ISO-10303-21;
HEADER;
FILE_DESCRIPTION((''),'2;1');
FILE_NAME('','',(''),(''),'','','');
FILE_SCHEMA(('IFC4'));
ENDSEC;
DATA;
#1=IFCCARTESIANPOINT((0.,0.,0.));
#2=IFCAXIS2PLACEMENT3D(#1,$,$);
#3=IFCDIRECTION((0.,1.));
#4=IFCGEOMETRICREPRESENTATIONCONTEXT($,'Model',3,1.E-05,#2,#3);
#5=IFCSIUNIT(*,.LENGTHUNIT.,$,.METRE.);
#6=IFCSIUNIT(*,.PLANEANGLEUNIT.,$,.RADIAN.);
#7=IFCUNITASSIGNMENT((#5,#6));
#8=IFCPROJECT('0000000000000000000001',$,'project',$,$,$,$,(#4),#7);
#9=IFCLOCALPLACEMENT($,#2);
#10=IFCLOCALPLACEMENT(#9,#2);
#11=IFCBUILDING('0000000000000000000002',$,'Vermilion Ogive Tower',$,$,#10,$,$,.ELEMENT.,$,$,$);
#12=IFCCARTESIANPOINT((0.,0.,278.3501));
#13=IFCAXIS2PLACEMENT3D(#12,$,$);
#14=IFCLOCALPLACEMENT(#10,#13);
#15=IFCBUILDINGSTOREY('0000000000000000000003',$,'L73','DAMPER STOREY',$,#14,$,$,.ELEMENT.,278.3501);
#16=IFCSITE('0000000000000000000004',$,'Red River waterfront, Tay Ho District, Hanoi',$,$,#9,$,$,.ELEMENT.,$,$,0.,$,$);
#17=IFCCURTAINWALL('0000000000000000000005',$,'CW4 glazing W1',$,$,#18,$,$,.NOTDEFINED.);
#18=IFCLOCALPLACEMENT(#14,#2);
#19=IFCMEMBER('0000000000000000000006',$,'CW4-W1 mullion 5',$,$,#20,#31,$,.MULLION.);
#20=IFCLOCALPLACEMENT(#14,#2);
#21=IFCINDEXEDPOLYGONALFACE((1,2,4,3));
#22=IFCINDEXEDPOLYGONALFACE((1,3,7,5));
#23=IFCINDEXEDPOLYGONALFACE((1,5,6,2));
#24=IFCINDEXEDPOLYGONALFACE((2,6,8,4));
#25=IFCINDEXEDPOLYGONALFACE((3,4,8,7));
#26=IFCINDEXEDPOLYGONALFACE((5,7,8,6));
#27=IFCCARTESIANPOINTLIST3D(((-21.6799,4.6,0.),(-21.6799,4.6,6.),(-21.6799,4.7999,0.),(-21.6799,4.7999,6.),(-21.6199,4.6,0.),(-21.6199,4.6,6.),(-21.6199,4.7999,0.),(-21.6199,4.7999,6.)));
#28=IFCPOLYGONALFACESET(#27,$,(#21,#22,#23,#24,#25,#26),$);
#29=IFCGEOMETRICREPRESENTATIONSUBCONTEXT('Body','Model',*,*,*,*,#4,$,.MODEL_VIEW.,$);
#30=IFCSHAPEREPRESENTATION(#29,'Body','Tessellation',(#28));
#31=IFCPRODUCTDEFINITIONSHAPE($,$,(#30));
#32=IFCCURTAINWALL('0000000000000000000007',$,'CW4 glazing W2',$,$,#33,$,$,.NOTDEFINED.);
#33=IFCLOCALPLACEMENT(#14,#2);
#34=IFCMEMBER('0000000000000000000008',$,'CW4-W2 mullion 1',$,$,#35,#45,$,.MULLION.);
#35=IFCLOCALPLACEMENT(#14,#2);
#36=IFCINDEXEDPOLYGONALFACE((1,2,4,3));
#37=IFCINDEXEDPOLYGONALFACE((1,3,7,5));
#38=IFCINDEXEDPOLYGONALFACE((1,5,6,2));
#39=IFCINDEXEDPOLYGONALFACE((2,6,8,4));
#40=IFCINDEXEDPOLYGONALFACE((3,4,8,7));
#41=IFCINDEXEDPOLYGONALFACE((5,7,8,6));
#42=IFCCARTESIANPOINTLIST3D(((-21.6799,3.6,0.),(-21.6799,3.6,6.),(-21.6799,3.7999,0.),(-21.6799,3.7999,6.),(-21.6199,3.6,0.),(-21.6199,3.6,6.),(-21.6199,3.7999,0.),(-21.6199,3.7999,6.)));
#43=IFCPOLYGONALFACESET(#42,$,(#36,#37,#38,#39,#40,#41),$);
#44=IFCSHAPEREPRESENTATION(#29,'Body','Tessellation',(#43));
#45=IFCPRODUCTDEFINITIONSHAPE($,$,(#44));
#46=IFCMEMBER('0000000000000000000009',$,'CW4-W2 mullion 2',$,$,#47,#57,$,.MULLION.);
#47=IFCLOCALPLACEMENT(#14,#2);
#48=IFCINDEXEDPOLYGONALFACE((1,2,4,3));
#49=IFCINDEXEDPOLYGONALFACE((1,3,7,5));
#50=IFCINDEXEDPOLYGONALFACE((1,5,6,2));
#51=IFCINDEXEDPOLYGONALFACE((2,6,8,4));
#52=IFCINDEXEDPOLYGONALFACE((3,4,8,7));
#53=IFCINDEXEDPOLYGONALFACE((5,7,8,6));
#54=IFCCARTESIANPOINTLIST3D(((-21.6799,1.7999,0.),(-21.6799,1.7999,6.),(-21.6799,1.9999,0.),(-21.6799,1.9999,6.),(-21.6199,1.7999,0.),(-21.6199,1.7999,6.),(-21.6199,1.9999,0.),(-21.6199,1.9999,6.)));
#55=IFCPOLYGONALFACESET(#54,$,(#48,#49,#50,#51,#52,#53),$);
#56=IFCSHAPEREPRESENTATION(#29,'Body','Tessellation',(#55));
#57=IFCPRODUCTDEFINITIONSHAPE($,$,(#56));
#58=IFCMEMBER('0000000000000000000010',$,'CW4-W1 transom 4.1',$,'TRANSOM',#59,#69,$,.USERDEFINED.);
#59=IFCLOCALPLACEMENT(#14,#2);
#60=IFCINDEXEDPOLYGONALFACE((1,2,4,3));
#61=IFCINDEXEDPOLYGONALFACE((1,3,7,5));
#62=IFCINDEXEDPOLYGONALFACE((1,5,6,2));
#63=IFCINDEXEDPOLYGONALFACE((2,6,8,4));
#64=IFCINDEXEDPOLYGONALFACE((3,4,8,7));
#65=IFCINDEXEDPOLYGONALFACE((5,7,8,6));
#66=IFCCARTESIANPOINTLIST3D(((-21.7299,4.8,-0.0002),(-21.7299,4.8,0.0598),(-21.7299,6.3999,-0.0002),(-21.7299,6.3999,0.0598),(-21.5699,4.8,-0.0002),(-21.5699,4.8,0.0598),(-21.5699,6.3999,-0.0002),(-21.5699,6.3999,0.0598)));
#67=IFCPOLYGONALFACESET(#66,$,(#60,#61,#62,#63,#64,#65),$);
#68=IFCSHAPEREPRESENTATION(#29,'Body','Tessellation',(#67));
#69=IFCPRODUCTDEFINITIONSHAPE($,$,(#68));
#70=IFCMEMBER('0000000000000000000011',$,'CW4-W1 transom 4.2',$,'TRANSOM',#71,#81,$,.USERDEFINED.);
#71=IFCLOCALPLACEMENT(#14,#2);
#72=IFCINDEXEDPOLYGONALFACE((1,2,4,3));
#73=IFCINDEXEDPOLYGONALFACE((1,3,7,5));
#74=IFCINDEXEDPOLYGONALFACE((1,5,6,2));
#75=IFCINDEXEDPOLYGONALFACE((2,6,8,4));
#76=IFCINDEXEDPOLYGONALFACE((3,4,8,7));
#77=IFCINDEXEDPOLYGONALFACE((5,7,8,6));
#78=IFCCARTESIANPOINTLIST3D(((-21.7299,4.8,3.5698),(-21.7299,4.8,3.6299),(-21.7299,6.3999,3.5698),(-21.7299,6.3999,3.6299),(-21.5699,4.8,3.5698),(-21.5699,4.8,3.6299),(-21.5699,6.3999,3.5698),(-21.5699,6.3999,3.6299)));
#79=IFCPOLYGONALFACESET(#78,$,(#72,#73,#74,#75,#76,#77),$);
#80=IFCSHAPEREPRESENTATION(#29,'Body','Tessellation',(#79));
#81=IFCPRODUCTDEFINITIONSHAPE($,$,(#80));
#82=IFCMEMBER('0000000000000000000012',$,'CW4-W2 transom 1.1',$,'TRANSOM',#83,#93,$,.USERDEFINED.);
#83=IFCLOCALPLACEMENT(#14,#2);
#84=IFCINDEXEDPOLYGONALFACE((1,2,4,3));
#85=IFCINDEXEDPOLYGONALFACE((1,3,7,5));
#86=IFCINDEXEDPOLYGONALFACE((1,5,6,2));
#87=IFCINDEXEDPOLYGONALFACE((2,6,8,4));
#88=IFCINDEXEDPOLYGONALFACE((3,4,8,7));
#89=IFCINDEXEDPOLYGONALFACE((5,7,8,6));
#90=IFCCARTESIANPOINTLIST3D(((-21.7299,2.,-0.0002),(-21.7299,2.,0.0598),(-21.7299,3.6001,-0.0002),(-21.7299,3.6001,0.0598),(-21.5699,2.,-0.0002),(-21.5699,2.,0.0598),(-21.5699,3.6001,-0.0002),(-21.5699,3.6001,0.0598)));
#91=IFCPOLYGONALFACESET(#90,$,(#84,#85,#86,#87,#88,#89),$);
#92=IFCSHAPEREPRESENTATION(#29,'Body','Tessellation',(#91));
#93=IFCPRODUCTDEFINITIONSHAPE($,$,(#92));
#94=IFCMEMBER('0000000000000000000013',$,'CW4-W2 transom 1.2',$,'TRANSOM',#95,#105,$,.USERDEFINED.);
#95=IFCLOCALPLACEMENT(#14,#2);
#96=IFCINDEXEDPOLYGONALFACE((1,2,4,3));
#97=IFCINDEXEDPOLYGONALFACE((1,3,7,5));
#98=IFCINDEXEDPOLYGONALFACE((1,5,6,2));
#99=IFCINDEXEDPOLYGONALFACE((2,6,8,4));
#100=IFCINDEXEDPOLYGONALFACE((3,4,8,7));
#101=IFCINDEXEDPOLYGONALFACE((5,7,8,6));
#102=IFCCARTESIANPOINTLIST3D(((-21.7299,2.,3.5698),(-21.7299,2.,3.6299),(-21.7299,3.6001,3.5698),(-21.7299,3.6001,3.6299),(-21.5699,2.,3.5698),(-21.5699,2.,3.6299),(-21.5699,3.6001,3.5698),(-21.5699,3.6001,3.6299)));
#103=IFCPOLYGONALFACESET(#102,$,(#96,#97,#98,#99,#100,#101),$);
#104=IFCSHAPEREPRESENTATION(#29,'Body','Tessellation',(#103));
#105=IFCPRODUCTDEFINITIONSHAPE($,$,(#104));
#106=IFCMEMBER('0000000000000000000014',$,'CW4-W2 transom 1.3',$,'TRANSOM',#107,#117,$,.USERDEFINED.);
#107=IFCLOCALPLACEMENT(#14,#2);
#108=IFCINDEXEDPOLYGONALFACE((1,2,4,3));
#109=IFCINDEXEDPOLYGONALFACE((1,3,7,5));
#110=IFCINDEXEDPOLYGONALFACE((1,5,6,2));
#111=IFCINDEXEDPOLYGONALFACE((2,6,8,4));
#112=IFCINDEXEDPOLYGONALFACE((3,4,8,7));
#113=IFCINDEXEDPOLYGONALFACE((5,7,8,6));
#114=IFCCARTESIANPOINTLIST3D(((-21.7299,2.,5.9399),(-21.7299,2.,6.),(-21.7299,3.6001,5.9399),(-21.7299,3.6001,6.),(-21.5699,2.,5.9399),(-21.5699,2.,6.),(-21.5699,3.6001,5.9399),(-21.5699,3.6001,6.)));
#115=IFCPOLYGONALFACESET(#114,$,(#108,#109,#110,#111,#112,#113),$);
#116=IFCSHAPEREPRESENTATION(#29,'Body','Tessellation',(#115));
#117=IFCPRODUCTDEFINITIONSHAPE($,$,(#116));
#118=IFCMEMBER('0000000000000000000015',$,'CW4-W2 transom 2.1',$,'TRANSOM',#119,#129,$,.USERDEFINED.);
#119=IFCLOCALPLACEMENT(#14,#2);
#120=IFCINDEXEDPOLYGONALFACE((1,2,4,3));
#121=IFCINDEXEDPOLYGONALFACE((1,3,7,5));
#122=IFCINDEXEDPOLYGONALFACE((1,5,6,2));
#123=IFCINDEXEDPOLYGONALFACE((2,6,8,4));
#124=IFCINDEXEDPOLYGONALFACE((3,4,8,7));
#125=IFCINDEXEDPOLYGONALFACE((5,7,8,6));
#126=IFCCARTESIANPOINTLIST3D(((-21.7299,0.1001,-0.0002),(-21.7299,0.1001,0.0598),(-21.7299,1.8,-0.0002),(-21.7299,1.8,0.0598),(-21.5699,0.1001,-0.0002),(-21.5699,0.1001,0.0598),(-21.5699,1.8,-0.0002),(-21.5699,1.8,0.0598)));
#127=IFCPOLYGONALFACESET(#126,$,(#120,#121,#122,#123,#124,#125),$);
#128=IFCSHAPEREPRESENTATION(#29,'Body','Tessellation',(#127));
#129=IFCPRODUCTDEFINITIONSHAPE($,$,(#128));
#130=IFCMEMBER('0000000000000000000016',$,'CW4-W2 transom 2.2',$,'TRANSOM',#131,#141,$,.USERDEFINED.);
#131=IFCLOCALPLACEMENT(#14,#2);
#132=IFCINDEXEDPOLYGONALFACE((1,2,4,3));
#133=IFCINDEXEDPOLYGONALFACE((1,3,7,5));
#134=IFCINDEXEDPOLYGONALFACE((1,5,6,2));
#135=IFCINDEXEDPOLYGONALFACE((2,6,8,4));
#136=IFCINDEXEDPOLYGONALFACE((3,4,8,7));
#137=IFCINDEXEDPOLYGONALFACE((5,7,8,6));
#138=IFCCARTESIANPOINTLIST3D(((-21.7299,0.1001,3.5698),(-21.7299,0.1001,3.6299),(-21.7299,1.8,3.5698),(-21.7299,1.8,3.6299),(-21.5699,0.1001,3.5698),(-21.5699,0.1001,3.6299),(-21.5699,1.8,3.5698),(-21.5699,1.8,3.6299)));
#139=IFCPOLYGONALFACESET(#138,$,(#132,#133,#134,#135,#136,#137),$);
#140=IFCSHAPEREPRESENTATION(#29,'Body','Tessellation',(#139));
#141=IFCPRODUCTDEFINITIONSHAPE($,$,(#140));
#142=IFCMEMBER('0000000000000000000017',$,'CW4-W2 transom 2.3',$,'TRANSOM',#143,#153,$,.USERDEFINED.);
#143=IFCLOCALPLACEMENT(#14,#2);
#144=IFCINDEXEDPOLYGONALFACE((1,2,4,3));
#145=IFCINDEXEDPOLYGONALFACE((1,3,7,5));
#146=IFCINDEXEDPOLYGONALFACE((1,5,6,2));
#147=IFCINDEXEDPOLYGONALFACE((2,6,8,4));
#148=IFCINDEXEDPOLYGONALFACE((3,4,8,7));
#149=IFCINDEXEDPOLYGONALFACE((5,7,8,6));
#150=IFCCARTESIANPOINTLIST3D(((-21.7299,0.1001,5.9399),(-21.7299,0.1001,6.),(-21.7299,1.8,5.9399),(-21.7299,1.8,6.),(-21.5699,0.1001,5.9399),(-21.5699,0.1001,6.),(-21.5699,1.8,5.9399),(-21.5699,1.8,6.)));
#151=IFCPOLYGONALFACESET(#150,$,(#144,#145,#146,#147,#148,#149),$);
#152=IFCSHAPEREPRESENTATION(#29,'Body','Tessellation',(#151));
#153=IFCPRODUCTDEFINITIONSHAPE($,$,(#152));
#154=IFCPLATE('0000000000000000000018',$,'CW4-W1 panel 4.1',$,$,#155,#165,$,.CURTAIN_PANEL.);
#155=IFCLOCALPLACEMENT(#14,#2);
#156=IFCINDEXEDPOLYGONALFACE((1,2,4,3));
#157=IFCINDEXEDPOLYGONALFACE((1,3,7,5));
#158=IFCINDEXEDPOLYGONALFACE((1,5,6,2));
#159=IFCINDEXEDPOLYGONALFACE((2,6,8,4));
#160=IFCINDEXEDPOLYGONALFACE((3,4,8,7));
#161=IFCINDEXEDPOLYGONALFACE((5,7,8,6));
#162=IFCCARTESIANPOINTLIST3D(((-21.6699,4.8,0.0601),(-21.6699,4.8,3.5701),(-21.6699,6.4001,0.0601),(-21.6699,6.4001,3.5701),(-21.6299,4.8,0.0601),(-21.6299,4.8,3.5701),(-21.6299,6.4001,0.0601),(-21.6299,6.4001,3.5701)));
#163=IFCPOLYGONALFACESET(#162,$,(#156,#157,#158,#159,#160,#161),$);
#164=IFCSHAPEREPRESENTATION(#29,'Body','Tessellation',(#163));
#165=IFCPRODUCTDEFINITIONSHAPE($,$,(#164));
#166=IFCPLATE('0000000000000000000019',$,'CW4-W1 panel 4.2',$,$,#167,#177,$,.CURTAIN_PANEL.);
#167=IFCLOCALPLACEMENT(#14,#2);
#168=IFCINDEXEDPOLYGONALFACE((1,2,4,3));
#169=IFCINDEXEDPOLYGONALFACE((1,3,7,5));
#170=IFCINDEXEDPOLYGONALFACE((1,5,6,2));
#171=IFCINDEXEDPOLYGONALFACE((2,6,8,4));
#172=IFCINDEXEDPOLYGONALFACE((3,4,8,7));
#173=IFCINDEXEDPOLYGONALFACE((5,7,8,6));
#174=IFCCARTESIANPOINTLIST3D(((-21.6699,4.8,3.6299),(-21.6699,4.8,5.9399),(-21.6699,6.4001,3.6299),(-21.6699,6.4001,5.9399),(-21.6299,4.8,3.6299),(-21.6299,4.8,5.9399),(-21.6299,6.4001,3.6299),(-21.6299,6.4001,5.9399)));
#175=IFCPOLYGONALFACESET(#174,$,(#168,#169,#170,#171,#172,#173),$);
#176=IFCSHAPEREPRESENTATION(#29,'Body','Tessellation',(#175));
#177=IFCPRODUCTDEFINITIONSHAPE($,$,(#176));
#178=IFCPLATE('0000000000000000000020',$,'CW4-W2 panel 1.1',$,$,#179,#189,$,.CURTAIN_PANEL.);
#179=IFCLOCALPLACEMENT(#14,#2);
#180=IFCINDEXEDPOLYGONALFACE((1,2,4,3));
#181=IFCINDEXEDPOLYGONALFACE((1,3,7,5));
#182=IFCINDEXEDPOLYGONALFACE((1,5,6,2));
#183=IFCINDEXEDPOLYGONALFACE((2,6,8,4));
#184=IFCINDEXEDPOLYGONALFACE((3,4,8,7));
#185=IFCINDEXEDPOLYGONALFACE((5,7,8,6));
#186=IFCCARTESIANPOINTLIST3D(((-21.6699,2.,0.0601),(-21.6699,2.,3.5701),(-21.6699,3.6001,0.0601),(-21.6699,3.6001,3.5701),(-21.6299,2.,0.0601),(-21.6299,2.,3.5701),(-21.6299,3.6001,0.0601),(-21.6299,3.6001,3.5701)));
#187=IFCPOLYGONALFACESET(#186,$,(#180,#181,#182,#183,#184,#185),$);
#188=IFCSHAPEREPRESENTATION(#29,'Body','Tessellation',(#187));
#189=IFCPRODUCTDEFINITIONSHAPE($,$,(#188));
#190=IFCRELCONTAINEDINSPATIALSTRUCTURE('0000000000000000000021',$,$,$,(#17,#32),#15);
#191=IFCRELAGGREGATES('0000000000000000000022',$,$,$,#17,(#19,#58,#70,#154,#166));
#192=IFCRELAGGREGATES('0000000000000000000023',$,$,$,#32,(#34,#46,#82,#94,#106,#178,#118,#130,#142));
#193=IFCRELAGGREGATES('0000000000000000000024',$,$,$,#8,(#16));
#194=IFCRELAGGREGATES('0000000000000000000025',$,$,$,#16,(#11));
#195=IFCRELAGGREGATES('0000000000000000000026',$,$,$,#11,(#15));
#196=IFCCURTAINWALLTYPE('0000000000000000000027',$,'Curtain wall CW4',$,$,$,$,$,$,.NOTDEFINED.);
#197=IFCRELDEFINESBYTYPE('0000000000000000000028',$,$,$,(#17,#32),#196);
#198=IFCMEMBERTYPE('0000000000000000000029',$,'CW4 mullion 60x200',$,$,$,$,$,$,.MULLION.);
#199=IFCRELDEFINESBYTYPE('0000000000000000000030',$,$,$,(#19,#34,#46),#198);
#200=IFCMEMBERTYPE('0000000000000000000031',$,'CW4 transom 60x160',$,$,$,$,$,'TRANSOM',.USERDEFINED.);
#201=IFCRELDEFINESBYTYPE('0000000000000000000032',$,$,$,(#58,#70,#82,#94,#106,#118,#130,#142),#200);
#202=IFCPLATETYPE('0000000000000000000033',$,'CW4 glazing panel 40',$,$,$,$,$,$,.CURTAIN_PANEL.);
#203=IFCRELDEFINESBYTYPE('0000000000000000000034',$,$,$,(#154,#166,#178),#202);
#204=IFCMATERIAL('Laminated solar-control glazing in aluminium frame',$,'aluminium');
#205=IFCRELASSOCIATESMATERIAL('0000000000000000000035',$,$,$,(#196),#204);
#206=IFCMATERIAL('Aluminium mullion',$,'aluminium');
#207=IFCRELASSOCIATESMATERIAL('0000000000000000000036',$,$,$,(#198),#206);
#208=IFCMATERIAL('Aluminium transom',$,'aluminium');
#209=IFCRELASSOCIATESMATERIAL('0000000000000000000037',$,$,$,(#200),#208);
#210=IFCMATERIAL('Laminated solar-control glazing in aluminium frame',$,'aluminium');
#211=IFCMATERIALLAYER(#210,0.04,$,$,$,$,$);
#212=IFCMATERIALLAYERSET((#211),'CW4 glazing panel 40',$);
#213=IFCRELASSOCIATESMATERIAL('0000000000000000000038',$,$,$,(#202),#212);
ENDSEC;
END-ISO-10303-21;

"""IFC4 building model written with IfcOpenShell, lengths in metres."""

from ifc_helpers import new_model, si_unit, direction, frame, origin, origin_2d, place, context, subcontext, project, spatial, rectangle, extrude, material, layer, layer_set, material_profile, profile_set, type_object, element, aggregate, save


model = new_model("IFC4")

# Units and contexts
model_context = context("Model", 3, precision=1e-05, world=origin(), true_north=direction((0.0, 1.0)))
body_context = subcontext(model_context, "Body", "Model", "MODEL_VIEW")
ifc_project = project(units=[si_unit("LENGTHUNIT", "METRE"), si_unit("PLANEANGLEUNIT", "RADIAN")], contexts=[model_context])

# Site, building, storey
site_placement = place(None, origin())
site = spatial("IfcSite", under=ifc_project, at=site_placement, Name="Red River waterfront, Tay Ho District, Hanoi", CompositionType="ELEMENT", RefElevation=0.0)
building_placement = place(site_placement, origin())
building = spatial("IfcBuilding", under=site, at=building_placement, Name="Vermilion Ogive Tower", CompositionType="ELEMENT")
storey_placement = place(building_placement, frame((0.0, 0.0, 278.3501)))
storey = spatial("IfcBuildingStorey", under=building, at=storey_placement, Name="L73", Description="DAMPER STOREY", CompositionType="ELEMENT", Elevation=278.3501)

# Curtain wall, member
ifc_material_1 = material(Name="Laminated solar-control glazing in aluminium frame", Category="aluminium")
curtain_wall_type = type_object("IfcCurtainWallType", Name="Curtain wall CW4", PredefinedType="NOTDEFINED", material=ifc_material_1)
curtain_wall_1_placement = place(storey_placement, origin())
curtain_wall_1 = element("IfcCurtainWall", 1, at=curtain_wall_1_placement, inside=storey, type_object=curtain_wall_type, Name="CW4 glazing W1", PredefinedType="NOTDEFINED")
ifc_material_2 = material(Name="Aluminium mullion", Category="aluminium")
ifc_material_profile_1 = material_profile(ifc_material_2, rectangle(XDim=0.0601, YDim=0.2, at=origin_2d()), Name="AL 60x200")
ifc_profile_set_1 = profile_set([ifc_material_profile_1], Name="Aluminium mullion")
member_type_1 = type_object("IfcMemberType", Name="CW4 mullion 60x200", PredefinedType="MULLION", material=ifc_profile_set_1)
member_1_placement = place(storey_placement, frame((-21.6499, 4.7, 0.0), z_axis=(0.0, 0.0, 1.0), x_axis=(1.0, 0.0, 0.0)))
member_1 = element("IfcMember", 2, at=member_1_placement, type_object=member_type_1, Name="CW4-W1 mullion 5", PredefinedType="MULLION", context=body_context, shape_type="SweptSolid", body=[
    extrude(rectangle(XDim=0.0601, YDim=0.2, at=origin_2d()), origin(), (0.0, 0.0, 1.0), 6.0),
])

# Curtain wall, members
curtain_wall_2_placement = place(storey_placement, origin())
curtain_wall_2 = element("IfcCurtainWall", 3, at=curtain_wall_2_placement, inside=storey, type_object=curtain_wall_type, Name="CW4 glazing W2", PredefinedType="NOTDEFINED")
member_2_placement = place(storey_placement, frame((-21.6499, 3.7, 0.0), z_axis=(0.0, 0.0, 1.0), x_axis=(1.0, 0.0, 0.0)))
member_2 = element("IfcMember", 4, at=member_2_placement, type_object=member_type_1, Name="CW4-W2 mullion 1", PredefinedType="MULLION", context=body_context, shape_type="SweptSolid", body=[
    extrude(rectangle(XDim=0.0601, YDim=0.2, at=origin_2d()), origin(), (0.0, 0.0, 1.0), 6.0),
])
member_3_placement = place(storey_placement, frame((-21.6499, 1.8999, 0.0), z_axis=(0.0, 0.0, 1.0), x_axis=(1.0, 0.0, 0.0)))
member_3 = element("IfcMember", 5, at=member_3_placement, type_object=member_type_1, Name="CW4-W2 mullion 2", PredefinedType="MULLION", context=body_context, shape_type="SweptSolid", body=[
    extrude(rectangle(XDim=0.0601, YDim=0.2, at=origin_2d()), origin(), (0.0, 0.0, 1.0), 6.0),
])

# Members
ifc_material_3 = material(Name="Aluminium transom", Category="aluminium")
ifc_material_profile_2 = material_profile(ifc_material_3, rectangle(XDim=0.1599, YDim=0.0601, at=origin_2d()), Name="AL 60x160")
ifc_profile_set_2 = profile_set([ifc_material_profile_2], Name="Aluminium transom")
member_type_2 = type_object("IfcMemberType", Name="CW4 transom 60x160", ElementType="TRANSOM", PredefinedType="USERDEFINED", material=ifc_profile_set_2)
member_4_placement = place(storey_placement, frame((-21.6499, 6.3999, 0.0298), z_axis=(0.0, -1.0, 0.0), x_axis=(1.0, 0.0, 0.0)))
member_4 = element("IfcMember", 6, at=member_4_placement, type_object=member_type_2, Name="CW4-W1 transom 4.1", ObjectType="TRANSOM", PredefinedType="USERDEFINED", context=body_context, shape_type="SweptSolid", body=[
    extrude(rectangle(XDim=0.1599, YDim=0.0601, at=origin_2d()), origin(), (0.0, 0.0, 1.0), 1.5999),
])
member_5_placement = place(storey_placement, frame((-21.6499, 6.3999, 3.5999), z_axis=(0.0, -1.0, 0.0), x_axis=(1.0, 0.0, 0.0)))
member_5 = element("IfcMember", 7, at=member_5_placement, type_object=member_type_2, Name="CW4-W1 transom 4.2", ObjectType="TRANSOM", PredefinedType="USERDEFINED", context=body_context, shape_type="SweptSolid", body=[
    extrude(rectangle(XDim=0.1599, YDim=0.0601, at=origin_2d()), origin(), (0.0, 0.0, 1.0), 1.5999),
])
member_6_placement = place(storey_placement, frame((-21.6499, 3.6001, 0.0298), z_axis=(0.0, -1.0, 0.0), x_axis=(1.0, 0.0, 0.0)))
member_6 = element("IfcMember", 8, at=member_6_placement, type_object=member_type_2, Name="CW4-W2 transom 1.1", ObjectType="TRANSOM", PredefinedType="USERDEFINED", context=body_context, shape_type="SweptSolid", body=[
    extrude(rectangle(XDim=0.1599, YDim=0.0601, at=origin_2d()), origin(), (0.0, 0.0, 1.0), 1.6001),
])
member_7_placement = place(storey_placement, frame((-21.6499, 3.6001, 3.5999), z_axis=(0.0, -1.0, 0.0), x_axis=(1.0, 0.0, 0.0)))
member_7 = element("IfcMember", 9, at=member_7_placement, type_object=member_type_2, Name="CW4-W2 transom 1.2", ObjectType="TRANSOM", PredefinedType="USERDEFINED", context=body_context, shape_type="SweptSolid", body=[
    extrude(rectangle(XDim=0.1599, YDim=0.0601, at=origin_2d()), origin(), (0.0, 0.0, 1.0), 1.6001),
])
member_8_placement = place(storey_placement, frame((-21.6499, 3.6001, 5.97), z_axis=(0.0, -1.0, 0.0), x_axis=(1.0, 0.0, 0.0)))
member_8 = element("IfcMember", 10, at=member_8_placement, type_object=member_type_2, Name="CW4-W2 transom 1.3", ObjectType="TRANSOM", PredefinedType="USERDEFINED", context=body_context, shape_type="SweptSolid", body=[
    extrude(rectangle(XDim=0.1599, YDim=0.0601, at=origin_2d()), origin(), (0.0, 0.0, 1.0), 1.6001),
])
member_9_placement = place(storey_placement, frame((-21.6499, 1.8, 0.0298), z_axis=(0.0, -1.0, 0.0), x_axis=(1.0, 0.0, 0.0)))
member_9 = element("IfcMember", 11, at=member_9_placement, type_object=member_type_2, Name="CW4-W2 transom 2.1", ObjectType="TRANSOM", PredefinedType="USERDEFINED", context=body_context, shape_type="SweptSolid", body=[
    extrude(rectangle(XDim=0.1599, YDim=0.0601, at=origin_2d()), origin(), (0.0, 0.0, 1.0), 1.7),
])
member_10_placement = place(storey_placement, frame((-21.6499, 1.8, 3.5999), z_axis=(0.0, -1.0, 0.0), x_axis=(1.0, 0.0, 0.0)))
member_10 = element("IfcMember", 12, at=member_10_placement, type_object=member_type_2, Name="CW4-W2 transom 2.2", ObjectType="TRANSOM", PredefinedType="USERDEFINED", context=body_context, shape_type="SweptSolid", body=[
    extrude(rectangle(XDim=0.1599, YDim=0.0601, at=origin_2d()), origin(), (0.0, 0.0, 1.0), 1.7),
])
member_11_placement = place(storey_placement, frame((-21.6499, 1.8, 5.97), z_axis=(0.0, -1.0, 0.0), x_axis=(1.0, 0.0, 0.0)))
member_11 = element("IfcMember", 13, at=member_11_placement, type_object=member_type_2, Name="CW4-W2 transom 2.3", ObjectType="TRANSOM", PredefinedType="USERDEFINED", context=body_context, shape_type="SweptSolid", body=[
    extrude(rectangle(XDim=0.1599, YDim=0.0601, at=origin_2d()), origin(), (0.0, 0.0, 1.0), 1.7),
])

# Plates
ifc_material_4 = material(Name="Laminated solar-control glazing in aluminium frame", Category="aluminium")
ifc_layer = layer(ifc_material_4, 0.04)
ifc_layer_set = layer_set([ifc_layer], Name="CW4 glazing panel 40")
plate_type = type_object("IfcPlateType", Name="CW4 glazing panel 40", PredefinedType="CURTAIN_PANEL", material=ifc_layer_set)
plate_1_placement = place(storey_placement, frame((-21.6499, 5.6001, 0.0601), z_axis=(0.0, 0.0, 1.0), x_axis=(0.0, -1.0, 0.0)))
plate_1 = element("IfcPlate", 14, at=plate_1_placement, type_object=plate_type, Name="CW4-W1 panel 4.1", PredefinedType="CURTAIN_PANEL", context=body_context, shape_type="SweptSolid", body=[
    extrude(rectangle(XDim=1.6001, YDim=0.04, at=origin_2d()), origin(), (0.0, 0.0, 1.0), 3.51),
])
plate_2_placement = place(storey_placement, frame((-21.6499, 5.6001, 3.6299), z_axis=(0.0, 0.0, 1.0), x_axis=(0.0, -1.0, 0.0)))
plate_2 = element("IfcPlate", 15, at=plate_2_placement, type_object=plate_type, Name="CW4-W1 panel 4.2", PredefinedType="CURTAIN_PANEL", context=body_context, shape_type="SweptSolid", body=[
    extrude(rectangle(XDim=1.6001, YDim=0.04, at=origin_2d()), origin(), (0.0, 0.0, 1.0), 2.3101),
])
aggregate(curtain_wall_1, [member_1, member_4, member_5, plate_1, plate_2])
plate_3_placement = place(storey_placement, frame((-21.6499, 2.8, 0.0601), z_axis=(0.0, 0.0, 1.0), x_axis=(0.0, -1.0, 0.0)))
plate_3 = element("IfcPlate", 16, at=plate_3_placement, type_object=plate_type, Name="CW4-W2 panel 1.1", PredefinedType="CURTAIN_PANEL", context=body_context, shape_type="SweptSolid", body=[
    extrude(rectangle(XDim=1.6001, YDim=0.04, at=origin_2d()), origin(), (0.0, 0.0, 1.0), 3.51),
])
aggregate(curtain_wall_2, [member_2, member_3, member_6, member_7, member_8, plate_3, member_9, member_10, member_11])

save(model, "model.ifc")
